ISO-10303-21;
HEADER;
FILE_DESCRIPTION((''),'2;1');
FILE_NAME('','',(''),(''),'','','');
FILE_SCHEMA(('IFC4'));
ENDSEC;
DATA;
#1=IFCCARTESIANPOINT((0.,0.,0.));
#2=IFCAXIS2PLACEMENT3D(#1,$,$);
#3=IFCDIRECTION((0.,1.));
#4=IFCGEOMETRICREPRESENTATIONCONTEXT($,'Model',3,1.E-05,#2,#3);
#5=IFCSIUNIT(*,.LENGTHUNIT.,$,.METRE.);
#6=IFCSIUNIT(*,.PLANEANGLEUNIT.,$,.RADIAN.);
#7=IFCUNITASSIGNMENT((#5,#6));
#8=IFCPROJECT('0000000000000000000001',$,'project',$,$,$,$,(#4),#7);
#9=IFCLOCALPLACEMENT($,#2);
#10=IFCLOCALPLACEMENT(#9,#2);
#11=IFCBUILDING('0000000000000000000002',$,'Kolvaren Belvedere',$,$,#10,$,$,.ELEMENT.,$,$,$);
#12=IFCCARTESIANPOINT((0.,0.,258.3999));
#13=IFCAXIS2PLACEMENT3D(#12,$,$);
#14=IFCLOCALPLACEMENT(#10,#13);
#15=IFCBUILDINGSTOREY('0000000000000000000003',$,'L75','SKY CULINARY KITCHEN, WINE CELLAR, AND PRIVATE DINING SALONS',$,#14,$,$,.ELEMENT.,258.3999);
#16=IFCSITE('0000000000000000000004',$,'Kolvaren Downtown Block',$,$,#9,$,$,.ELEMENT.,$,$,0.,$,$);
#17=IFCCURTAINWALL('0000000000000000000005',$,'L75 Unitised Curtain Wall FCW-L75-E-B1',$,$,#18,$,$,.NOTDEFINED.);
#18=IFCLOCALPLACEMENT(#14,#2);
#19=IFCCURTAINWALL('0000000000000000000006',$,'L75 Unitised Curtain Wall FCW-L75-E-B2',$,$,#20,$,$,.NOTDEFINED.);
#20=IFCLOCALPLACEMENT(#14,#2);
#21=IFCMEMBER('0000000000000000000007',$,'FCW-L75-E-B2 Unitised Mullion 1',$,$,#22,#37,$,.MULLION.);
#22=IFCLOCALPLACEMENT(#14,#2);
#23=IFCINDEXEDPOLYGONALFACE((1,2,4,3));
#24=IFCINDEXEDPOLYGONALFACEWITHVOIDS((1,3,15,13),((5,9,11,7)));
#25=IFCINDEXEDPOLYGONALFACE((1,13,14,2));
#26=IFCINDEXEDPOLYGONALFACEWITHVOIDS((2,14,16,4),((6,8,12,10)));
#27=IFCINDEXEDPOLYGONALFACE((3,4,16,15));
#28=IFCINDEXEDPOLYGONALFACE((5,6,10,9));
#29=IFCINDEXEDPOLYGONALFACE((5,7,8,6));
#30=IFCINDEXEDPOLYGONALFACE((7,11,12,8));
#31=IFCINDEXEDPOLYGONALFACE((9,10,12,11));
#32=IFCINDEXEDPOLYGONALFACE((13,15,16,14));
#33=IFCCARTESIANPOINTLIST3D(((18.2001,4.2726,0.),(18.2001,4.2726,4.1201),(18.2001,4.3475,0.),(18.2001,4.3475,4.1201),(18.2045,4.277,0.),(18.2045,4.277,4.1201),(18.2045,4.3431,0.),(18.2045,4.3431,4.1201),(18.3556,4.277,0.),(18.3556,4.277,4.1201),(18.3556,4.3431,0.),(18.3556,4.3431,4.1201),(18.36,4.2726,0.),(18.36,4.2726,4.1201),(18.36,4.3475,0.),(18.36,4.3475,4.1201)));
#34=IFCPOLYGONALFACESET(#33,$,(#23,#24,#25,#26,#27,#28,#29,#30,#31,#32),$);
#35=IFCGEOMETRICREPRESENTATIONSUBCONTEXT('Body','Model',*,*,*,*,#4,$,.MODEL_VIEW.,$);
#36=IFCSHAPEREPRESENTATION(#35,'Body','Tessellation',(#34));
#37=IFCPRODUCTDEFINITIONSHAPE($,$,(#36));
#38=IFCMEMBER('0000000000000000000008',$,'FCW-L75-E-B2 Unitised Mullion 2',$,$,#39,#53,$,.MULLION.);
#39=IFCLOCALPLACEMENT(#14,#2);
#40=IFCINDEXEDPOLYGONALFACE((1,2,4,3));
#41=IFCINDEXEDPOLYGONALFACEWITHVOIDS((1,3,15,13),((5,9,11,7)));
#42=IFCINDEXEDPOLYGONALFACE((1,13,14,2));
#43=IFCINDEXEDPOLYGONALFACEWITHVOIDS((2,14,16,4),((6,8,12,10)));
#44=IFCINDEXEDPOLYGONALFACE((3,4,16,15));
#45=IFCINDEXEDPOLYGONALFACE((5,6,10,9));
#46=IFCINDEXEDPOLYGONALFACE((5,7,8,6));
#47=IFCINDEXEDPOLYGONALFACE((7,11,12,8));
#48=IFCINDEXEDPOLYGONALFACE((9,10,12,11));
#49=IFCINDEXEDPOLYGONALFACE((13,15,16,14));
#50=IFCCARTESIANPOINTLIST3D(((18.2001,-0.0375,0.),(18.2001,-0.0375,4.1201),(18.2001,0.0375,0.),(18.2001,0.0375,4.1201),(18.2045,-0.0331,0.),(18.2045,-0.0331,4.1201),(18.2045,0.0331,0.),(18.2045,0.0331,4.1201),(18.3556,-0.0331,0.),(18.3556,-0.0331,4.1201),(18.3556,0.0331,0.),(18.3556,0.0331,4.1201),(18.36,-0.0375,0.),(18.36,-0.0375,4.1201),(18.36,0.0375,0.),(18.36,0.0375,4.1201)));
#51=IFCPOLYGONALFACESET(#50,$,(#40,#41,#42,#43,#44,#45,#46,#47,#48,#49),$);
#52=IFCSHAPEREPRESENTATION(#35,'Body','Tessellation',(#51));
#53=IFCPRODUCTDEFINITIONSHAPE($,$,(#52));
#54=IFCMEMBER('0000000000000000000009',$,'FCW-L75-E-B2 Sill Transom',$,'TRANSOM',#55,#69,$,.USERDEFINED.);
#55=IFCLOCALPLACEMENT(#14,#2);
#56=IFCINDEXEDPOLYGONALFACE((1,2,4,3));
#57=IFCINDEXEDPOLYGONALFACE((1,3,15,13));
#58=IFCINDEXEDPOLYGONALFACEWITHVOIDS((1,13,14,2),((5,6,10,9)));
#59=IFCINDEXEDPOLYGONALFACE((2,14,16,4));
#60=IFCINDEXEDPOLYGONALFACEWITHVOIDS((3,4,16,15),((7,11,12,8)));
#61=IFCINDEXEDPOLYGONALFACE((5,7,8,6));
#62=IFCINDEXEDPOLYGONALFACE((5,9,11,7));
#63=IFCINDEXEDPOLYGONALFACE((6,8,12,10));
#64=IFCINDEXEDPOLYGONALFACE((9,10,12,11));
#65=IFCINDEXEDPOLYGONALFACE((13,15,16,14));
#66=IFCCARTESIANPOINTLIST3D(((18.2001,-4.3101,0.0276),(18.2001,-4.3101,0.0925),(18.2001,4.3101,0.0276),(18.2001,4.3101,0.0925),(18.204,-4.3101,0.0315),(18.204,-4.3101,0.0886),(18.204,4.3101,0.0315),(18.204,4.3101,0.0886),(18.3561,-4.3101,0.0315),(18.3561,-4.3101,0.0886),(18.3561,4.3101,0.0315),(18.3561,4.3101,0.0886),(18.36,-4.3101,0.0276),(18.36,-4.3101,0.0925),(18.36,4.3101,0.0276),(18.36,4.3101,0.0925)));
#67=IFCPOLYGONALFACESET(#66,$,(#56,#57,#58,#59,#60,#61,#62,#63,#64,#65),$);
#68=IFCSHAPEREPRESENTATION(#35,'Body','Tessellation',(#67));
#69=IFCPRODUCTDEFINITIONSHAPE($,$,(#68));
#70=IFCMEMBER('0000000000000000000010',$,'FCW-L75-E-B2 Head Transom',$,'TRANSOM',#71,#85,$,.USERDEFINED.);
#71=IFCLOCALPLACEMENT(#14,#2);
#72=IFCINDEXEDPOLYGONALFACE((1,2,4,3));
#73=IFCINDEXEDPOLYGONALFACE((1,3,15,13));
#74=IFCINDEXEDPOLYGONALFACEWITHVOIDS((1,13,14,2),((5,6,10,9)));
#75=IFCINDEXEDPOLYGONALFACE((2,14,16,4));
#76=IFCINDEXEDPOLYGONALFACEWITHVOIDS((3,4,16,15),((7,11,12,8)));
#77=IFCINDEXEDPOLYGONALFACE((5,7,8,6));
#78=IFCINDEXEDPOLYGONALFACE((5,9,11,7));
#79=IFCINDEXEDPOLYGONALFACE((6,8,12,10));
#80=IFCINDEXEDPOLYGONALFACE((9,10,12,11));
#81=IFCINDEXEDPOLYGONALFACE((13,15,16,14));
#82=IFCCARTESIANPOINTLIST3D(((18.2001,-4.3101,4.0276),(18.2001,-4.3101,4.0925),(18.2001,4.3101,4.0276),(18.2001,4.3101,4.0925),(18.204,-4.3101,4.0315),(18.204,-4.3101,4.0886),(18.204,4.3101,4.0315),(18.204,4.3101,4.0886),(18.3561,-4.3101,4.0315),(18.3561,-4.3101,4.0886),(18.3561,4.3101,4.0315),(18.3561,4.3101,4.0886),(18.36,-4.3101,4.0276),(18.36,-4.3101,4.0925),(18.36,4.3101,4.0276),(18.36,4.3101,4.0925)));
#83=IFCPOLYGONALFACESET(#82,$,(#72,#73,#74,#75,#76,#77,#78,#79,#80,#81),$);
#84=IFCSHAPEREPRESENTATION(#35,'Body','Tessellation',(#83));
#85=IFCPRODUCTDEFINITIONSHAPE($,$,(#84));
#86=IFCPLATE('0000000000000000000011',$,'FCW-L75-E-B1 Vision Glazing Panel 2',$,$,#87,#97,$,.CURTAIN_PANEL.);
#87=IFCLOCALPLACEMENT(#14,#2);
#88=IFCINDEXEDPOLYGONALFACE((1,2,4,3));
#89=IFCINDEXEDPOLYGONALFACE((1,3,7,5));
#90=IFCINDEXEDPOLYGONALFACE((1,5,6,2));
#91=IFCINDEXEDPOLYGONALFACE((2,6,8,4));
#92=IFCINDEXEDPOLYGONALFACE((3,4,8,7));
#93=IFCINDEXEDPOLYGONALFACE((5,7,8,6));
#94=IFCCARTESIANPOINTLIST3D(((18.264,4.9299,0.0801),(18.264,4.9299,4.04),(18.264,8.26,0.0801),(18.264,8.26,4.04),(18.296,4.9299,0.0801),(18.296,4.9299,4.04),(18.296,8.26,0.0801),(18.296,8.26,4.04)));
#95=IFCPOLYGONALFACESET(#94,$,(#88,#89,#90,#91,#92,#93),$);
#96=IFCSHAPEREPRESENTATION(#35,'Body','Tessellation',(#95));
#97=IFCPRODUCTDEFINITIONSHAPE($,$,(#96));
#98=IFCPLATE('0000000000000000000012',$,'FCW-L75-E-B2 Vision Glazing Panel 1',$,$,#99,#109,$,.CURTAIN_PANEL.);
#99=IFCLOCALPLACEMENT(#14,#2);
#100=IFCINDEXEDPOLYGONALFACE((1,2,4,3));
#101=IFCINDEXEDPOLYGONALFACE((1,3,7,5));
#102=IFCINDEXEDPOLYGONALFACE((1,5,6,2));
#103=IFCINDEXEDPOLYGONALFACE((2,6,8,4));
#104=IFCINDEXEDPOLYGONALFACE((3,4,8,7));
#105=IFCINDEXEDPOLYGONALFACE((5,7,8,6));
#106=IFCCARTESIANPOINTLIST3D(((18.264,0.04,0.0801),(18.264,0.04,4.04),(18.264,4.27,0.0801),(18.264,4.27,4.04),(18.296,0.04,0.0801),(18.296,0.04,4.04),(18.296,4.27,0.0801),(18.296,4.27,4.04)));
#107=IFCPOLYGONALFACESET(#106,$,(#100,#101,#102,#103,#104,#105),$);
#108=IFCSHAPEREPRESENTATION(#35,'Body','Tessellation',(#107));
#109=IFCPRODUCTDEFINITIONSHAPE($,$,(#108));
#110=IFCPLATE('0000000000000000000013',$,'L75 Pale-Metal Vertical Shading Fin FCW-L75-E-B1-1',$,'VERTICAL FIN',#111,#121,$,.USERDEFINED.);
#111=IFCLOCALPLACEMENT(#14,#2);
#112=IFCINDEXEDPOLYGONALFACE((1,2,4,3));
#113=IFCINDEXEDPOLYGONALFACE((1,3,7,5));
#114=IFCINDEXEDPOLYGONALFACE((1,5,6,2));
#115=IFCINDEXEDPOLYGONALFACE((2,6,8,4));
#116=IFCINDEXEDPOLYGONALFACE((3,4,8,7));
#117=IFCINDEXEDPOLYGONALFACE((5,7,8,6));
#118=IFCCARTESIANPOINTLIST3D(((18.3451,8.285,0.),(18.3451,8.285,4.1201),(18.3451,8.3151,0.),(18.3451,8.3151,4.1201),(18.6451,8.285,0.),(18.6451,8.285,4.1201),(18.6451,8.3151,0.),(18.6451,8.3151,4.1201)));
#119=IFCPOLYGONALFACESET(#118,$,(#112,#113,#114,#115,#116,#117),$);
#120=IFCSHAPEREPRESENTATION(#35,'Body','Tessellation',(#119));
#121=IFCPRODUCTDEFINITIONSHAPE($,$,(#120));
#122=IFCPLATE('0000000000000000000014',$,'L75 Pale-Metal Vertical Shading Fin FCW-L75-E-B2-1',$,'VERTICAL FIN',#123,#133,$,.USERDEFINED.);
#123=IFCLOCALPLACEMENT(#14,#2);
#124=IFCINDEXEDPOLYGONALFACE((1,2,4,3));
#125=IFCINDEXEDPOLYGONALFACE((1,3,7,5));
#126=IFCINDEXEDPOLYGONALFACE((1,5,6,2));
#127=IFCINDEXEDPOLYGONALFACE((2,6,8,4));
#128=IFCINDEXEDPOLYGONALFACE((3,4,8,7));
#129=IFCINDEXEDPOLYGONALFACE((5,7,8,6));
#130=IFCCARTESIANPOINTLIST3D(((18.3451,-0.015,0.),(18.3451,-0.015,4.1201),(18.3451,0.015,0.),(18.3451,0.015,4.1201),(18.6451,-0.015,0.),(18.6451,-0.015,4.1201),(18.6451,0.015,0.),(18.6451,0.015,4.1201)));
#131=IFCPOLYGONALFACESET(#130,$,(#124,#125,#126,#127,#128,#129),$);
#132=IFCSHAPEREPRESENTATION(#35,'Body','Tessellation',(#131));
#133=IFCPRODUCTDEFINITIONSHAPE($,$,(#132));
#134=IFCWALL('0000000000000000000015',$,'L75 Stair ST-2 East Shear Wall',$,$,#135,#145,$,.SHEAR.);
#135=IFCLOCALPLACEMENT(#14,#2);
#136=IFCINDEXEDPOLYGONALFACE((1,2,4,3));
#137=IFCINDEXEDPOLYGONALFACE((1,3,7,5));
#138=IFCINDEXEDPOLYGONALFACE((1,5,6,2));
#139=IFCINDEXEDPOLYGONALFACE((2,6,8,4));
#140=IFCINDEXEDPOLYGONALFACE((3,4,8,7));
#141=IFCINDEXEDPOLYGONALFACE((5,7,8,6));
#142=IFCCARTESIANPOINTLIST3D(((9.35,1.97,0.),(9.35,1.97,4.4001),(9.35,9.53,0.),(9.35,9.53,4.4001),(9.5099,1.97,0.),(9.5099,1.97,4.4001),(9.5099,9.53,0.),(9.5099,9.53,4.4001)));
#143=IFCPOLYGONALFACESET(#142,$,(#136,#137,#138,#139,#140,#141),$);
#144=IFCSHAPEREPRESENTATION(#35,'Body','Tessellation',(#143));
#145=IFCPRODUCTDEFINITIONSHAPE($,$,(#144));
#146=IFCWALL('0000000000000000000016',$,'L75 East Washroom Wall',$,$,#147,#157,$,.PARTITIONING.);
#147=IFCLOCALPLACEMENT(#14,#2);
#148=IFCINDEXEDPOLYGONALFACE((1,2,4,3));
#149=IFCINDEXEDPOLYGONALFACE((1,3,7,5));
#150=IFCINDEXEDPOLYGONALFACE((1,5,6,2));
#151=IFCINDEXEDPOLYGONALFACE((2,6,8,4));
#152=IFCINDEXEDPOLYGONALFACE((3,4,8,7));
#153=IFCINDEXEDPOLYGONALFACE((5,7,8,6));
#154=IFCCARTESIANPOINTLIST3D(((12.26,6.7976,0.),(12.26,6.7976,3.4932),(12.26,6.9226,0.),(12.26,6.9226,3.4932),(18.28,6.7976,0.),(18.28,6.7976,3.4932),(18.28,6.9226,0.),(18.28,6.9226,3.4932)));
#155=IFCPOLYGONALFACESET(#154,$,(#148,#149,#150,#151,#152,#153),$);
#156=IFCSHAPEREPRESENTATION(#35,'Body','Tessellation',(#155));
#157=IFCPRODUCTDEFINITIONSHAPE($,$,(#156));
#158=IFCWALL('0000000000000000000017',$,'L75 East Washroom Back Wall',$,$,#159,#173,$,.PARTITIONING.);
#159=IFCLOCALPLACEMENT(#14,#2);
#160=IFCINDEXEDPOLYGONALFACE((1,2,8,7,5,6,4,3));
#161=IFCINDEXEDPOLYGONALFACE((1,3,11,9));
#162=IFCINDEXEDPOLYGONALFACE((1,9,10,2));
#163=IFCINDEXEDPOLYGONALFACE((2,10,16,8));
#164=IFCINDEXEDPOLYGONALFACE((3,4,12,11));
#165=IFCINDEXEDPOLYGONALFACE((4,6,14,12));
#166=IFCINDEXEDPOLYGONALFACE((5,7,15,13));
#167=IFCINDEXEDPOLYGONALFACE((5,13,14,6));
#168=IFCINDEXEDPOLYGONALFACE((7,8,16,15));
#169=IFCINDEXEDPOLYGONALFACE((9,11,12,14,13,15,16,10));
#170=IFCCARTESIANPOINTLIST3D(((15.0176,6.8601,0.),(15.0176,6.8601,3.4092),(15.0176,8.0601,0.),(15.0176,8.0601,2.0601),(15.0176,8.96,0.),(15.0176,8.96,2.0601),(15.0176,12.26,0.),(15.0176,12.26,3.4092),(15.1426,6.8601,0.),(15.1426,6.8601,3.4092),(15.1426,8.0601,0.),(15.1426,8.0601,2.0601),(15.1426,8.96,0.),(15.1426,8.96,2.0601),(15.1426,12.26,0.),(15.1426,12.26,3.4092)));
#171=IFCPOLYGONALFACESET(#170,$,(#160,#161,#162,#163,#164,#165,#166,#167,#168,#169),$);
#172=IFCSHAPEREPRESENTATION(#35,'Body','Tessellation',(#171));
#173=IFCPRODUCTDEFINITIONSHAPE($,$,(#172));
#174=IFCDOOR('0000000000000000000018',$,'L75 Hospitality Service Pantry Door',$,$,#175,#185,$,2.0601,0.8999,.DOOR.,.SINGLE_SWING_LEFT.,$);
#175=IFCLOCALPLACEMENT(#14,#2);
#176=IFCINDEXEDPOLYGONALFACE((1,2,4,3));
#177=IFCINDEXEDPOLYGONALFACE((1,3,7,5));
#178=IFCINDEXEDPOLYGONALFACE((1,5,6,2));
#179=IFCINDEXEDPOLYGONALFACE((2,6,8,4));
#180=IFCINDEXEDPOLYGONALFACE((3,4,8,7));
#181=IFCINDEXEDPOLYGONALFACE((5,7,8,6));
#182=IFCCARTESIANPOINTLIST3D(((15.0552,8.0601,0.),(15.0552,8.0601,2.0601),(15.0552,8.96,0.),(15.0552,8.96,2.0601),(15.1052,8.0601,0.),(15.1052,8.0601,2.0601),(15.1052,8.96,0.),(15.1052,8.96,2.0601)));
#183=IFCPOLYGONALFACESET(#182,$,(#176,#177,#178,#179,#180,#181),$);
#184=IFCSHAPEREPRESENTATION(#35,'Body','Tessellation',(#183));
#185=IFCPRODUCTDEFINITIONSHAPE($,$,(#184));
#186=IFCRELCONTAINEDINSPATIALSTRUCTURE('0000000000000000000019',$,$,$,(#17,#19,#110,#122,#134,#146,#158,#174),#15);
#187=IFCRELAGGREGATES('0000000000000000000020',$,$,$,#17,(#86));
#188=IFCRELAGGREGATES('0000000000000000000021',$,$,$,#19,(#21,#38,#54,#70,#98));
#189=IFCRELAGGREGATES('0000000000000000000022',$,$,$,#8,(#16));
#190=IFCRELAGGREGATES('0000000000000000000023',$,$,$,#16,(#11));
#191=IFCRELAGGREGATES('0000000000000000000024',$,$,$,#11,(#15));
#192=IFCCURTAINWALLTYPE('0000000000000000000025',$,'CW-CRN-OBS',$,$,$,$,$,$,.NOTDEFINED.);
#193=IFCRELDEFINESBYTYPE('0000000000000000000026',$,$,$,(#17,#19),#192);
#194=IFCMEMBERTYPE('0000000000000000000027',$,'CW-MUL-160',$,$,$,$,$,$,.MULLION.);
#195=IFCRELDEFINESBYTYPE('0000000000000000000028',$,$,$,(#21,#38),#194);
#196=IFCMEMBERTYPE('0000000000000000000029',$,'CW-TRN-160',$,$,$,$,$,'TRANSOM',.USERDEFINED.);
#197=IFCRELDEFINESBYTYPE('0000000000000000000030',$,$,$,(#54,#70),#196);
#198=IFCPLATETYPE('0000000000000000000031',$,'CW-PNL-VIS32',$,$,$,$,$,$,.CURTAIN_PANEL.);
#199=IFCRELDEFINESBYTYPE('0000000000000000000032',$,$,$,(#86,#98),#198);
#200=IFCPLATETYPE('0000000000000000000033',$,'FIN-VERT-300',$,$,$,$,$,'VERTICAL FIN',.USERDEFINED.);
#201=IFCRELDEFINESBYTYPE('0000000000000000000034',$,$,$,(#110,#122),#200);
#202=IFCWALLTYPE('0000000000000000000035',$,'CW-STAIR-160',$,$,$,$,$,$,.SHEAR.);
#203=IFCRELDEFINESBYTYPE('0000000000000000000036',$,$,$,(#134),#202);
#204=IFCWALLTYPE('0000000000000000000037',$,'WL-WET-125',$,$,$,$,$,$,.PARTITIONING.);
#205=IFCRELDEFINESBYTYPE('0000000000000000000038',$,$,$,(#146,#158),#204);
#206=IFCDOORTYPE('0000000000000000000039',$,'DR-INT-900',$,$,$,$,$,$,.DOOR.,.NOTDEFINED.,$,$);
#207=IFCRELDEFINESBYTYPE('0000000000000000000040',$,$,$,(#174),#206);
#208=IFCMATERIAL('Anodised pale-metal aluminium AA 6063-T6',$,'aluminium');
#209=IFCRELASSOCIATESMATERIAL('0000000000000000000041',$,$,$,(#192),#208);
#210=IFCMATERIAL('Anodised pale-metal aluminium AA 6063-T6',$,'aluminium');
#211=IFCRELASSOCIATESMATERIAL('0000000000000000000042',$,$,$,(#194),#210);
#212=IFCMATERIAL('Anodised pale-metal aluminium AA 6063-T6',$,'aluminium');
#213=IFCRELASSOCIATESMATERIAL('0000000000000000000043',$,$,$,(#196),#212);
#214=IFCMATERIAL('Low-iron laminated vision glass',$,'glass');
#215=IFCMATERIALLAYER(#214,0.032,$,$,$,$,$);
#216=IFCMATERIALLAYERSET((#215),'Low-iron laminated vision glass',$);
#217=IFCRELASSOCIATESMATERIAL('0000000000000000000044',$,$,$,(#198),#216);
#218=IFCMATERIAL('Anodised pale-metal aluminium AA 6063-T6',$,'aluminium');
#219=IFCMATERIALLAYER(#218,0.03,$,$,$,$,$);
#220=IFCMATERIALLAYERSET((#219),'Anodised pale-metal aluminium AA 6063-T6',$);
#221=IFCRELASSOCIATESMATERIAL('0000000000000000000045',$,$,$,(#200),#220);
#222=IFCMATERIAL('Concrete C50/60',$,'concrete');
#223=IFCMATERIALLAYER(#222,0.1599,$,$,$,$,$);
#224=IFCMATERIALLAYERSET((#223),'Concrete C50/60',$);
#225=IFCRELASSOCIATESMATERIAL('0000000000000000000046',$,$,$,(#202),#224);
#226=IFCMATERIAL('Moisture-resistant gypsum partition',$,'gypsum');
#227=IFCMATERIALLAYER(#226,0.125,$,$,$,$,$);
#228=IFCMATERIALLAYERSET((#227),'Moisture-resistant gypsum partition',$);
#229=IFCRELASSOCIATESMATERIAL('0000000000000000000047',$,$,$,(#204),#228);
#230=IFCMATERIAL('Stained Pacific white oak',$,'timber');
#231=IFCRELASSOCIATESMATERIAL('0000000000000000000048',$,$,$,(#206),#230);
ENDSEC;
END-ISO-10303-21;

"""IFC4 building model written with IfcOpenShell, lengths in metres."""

from ifc_helpers import new_model, si_unit, direction, frame, frame_2d, origin, origin_2d, place, context, subcontext, project, spatial, rectangle, hollow_rectangle, extrude, material, layer, layer_set, material_profile, profile_set, type_object, element, fill, aggregate, save


model = new_model("IFC4")

# Units and contexts
model_context = context("Model", 3, precision=1e-05, world=origin(), true_north=direction((0.0, 1.0)))
body_context = subcontext(model_context, "Body", "Model", "MODEL_VIEW")
ifc_project = project(units=[si_unit("LENGTHUNIT", "METRE"), si_unit("PLANEANGLEUNIT", "RADIAN")], contexts=[model_context])

# Site, building, storey
site_placement = place(None, origin())
site = spatial("IfcSite", under=ifc_project, at=site_placement, Name="Kolvaren Downtown Block", CompositionType="ELEMENT", RefElevation=0.0)
building_placement = place(site_placement, origin())
building = spatial("IfcBuilding", under=site, at=building_placement, Name="Kolvaren Belvedere", CompositionType="ELEMENT")
storey_placement = place(building_placement, frame((0.0, 0.0, 258.3999)))
storey = spatial("IfcBuildingStorey", under=building, at=storey_placement, Name="L75", Description="SKY CULINARY KITCHEN, WINE CELLAR, AND PRIVATE DINING SALONS", CompositionType="ELEMENT", Elevation=258.3999)

# Curtain walls, members
ifc_material_1 = material(Name="Anodised pale-metal aluminium AA 6063-T6", Category="aluminium")
curtain_wall_type = type_object("IfcCurtainWallType", Name="CW-CRN-OBS", PredefinedType="NOTDEFINED", material=ifc_material_1)
curtain_wall_1_placement = place(storey_placement, origin())
curtain_wall_1 = element("IfcCurtainWall", 1, at=curtain_wall_1_placement, inside=storey, type_object=curtain_wall_type, Name="L75 Unitised Curtain Wall FCW-L75-E-B1", PredefinedType="NOTDEFINED")
ifc_material_2 = material(Name="Anodised pale-metal aluminium AA 6063-T6", Category="aluminium")
ifc_material_profile_1 = material_profile(ifc_material_2, hollow_rectangle(XDim=0.075, YDim=0.1599, WallThickness=0.0044, at=origin_2d()), Name="ALU-MUL-160X75")
ifc_profile_set_1 = profile_set([ifc_material_profile_1], Name="Anodised pale-metal aluminium AA 6063-T6")
member_type_1 = type_object("IfcMemberType", Name="CW-MUL-160", PredefinedType="MULLION", material=ifc_profile_set_1)
curtain_wall_2_placement = place(storey_placement, origin())
curtain_wall_2 = element("IfcCurtainWall", 2, at=curtain_wall_2_placement, inside=storey, type_object=curtain_wall_type, Name="L75 Unitised Curtain Wall FCW-L75-E-B2", PredefinedType="NOTDEFINED")
member_1_placement = place(storey_placement, frame((18.28, 4.3101, 0.0), z_axis=(0.0, 0.0, 1.0), x_axis=(0.0, 1.0, 0.0)))
member_1 = element("IfcMember", 3, at=member_1_placement, type_object=member_type_1, Name="FCW-L75-E-B2 Unitised Mullion 1", PredefinedType="MULLION", context=body_context, shape_type="SweptSolid", body=[
    extrude(hollow_rectangle(XDim=0.075, YDim=0.1599, WallThickness=0.0044, at=origin_2d()), origin(), (0.0, 0.0, 1.0), 4.1201),
])
member_2_placement = place(storey_placement, frame((18.28, 0.0, 0.0), z_axis=(0.0, 0.0, 1.0), x_axis=(0.0, 1.0, 0.0)))
member_2 = element("IfcMember", 4, at=member_2_placement, type_object=member_type_1, Name="FCW-L75-E-B2 Unitised Mullion 2", PredefinedType="MULLION", context=body_context, shape_type="SweptSolid", body=[
    extrude(hollow_rectangle(XDim=0.075, YDim=0.1599, WallThickness=0.0044, at=origin_2d()), origin(), (0.0, 0.0, 1.0), 4.1201),
])
ifc_material_3 = material(Name="Anodised pale-metal aluminium AA 6063-T6", Category="aluminium")
ifc_material_profile_2 = material_profile(ifc_material_3, hollow_rectangle(XDim=0.0649, YDim=0.1599, WallThickness=0.0039, at=origin_2d()), Name="ALU-TRN-160X65")
ifc_profile_set_2 = profile_set([ifc_material_profile_2], Name="Anodised pale-metal aluminium AA 6063-T6")
member_type_2 = type_object("IfcMemberType", Name="CW-TRN-160", ElementType="TRANSOM", PredefinedType="USERDEFINED", material=ifc_profile_set_2)
member_3_placement = place(storey_placement, frame((18.28, 4.3101, 0.0601), z_axis=(0.0, -1.0, 0.0), x_axis=(0.0, 0.0, 1.0)))
member_3 = element("IfcMember", 5, at=member_3_placement, type_object=member_type_2, Name="FCW-L75-E-B2 Sill Transom", ObjectType="TRANSOM", PredefinedType="USERDEFINED", context=body_context, shape_type="SweptSolid", body=[
    extrude(hollow_rectangle(XDim=0.0649, YDim=0.1599, WallThickness=0.0039, at=origin_2d()), origin(), (0.0, 0.0, 1.0), 8.6201),
])
member_4_placement = place(storey_placement, frame((18.28, 4.3101, 4.0601), z_axis=(0.0, -1.0, 0.0), x_axis=(0.0, 0.0, 1.0)))
member_4 = element("IfcMember", 6, at=member_4_placement, type_object=member_type_2, Name="FCW-L75-E-B2 Head Transom", ObjectType="TRANSOM", PredefinedType="USERDEFINED", context=body_context, shape_type="SweptSolid", body=[
    extrude(hollow_rectangle(XDim=0.0649, YDim=0.1599, WallThickness=0.0039, at=origin_2d()), origin(), (0.0, 0.0, 1.0), 8.6201),
])

# Plates
ifc_material_4 = material(Name="Low-iron laminated vision glass", Category="glass")
ifc_layer_1 = layer(ifc_material_4, 0.032)
ifc_layer_set_1 = layer_set([ifc_layer_1], Name="Low-iron laminated vision glass")
plate_type_1 = type_object("IfcPlateType", Name="CW-PNL-VIS32", PredefinedType="CURTAIN_PANEL", material=ifc_layer_set_1)
plate_1_placement = place(storey_placement, frame((18.28, 6.595, 0.0801), z_axis=(0.0, 0.0, 1.0), x_axis=(0.0, -1.0, 0.0)))
plate_1 = element("IfcPlate", 7, at=plate_1_placement, type_object=plate_type_1, Name="FCW-L75-E-B1 Vision Glazing Panel 2", PredefinedType="CURTAIN_PANEL", context=body_context, shape_type="SweptSolid", body=[
    extrude(rectangle(XDim=3.3301, YDim=0.032, at=origin_2d()), origin(), (0.0, 0.0, 1.0), 3.96),
])
aggregate(curtain_wall_1, [plate_1])
plate_2_placement = place(storey_placement, frame((18.28, 2.155, 0.0801), z_axis=(0.0, 0.0, 1.0), x_axis=(0.0, -1.0, 0.0)))
plate_2 = element("IfcPlate", 8, at=plate_2_placement, type_object=plate_type_1, Name="FCW-L75-E-B2 Vision Glazing Panel 1", PredefinedType="CURTAIN_PANEL", context=body_context, shape_type="SweptSolid", body=[
    extrude(rectangle(XDim=4.23, YDim=0.032, at=origin_2d()), origin(), (0.0, 0.0, 1.0), 3.96),
])
aggregate(curtain_wall_2, [member_1, member_2, member_3, member_4, plate_2])

# Plates
ifc_material_5 = material(Name="Anodised pale-metal aluminium AA 6063-T6", Category="aluminium")
ifc_layer_2 = layer(ifc_material_5, 0.03)
ifc_layer_set_2 = layer_set([ifc_layer_2], Name="Anodised pale-metal aluminium AA 6063-T6")
plate_type_2 = type_object("IfcPlateType", Name="FIN-VERT-300", ElementType="VERTICAL FIN", PredefinedType="USERDEFINED", material=ifc_layer_set_2)
for number, where, z_axis, x_axis, name in (
    (9, (18.4951, 8.3, 0.0), (0.0, 0.0, 1.0), (1.0, 0.0, 0.0), "L75 Pale-Metal Vertical Shading Fin FCW-L75-E-B1-1"),
    (10, (18.4951, 0.0, 0.0), (0.0, 0.0, 1.0), (1.0, 0.0, 0.0), "L75 Pale-Metal Vertical Shading Fin FCW-L75-E-B2-1"),
):
    element("IfcPlate", number, at=place(storey_placement, frame(where, z_axis=z_axis, x_axis=x_axis)), inside=storey, type_object=plate_type_2, Name=name, ObjectType="VERTICAL FIN", PredefinedType="USERDEFINED", context=body_context, shape_type="SweptSolid", body=[
        extrude(rectangle(XDim=0.3, YDim=0.03, at=origin_2d()), origin(), (0.0, 0.0, 1.0), 4.1201),
    ])

# Walls
ifc_material_6 = material(Name="Concrete C50/60", Category="concrete")
ifc_layer_3 = layer(ifc_material_6, 0.1599)
ifc_layer_set_3 = layer_set([ifc_layer_3], Name="Concrete C50/60")
wall_type_1 = type_object("IfcWallType", Name="CW-STAIR-160", PredefinedType="SHEAR", material=ifc_layer_set_3)
wall_1_placement = place(storey_placement, frame((9.4299, 1.97, 0.0), z_axis=(0.0, 0.0, 1.0), x_axis=(0.0, 1.0, 0.0)))
element("IfcWall", 11, at=wall_1_placement, inside=storey, type_object=wall_type_1, Name="L75 Stair ST-2 East Shear Wall", PredefinedType="SHEAR", context=body_context, shape_type="SweptSolid", body=[
    extrude(rectangle(XDim=7.5601, YDim=0.1599, at=frame_2d((3.78, 0.0))), origin(), (0.0, 0.0, 1.0), 4.4001),
])
ifc_material_7 = material(Name="Moisture-resistant gypsum partition", Category="gypsum")
ifc_layer_4 = layer(ifc_material_7, 0.125)
ifc_layer_set_4 = layer_set([ifc_layer_4], Name="Moisture-resistant gypsum partition")
wall_type_2 = type_object("IfcWallType", Name="WL-WET-125", PredefinedType="PARTITIONING", material=ifc_layer_set_4)
wall_2_placement = place(storey_placement, frame((12.26, 6.8601, 0.0), z_axis=(0.0, 0.0, 1.0), x_axis=(1.0, 0.0, 0.0)))
element("IfcWall", 12, at=wall_2_placement, inside=storey, type_object=wall_type_2, Name="L75 East Washroom Wall", PredefinedType="PARTITIONING", context=body_context, shape_type="SweptSolid", body=[
    extrude(rectangle(XDim=6.02, YDim=0.125, at=frame_2d((3.01, 0.0))), origin(), (0.0, 0.0, 1.0), 3.4932),
])

# Wall, opening, door
wall_3_placement = place(storey_placement, frame((15.0801, 6.8601, 0.0), z_axis=(0.0, 0.0, 1.0), x_axis=(0.0, 1.0, 0.0)))
wall_3 = element("IfcWall", 13, at=wall_3_placement, inside=storey, type_object=wall_type_2, Name="L75 East Washroom Back Wall", PredefinedType="PARTITIONING", context=body_context, shape_type="SweptSolid", body=[
    extrude(rectangle(XDim=5.3999, YDim=0.125, at=frame_2d((2.7, 0.0))), origin(), (0.0, 0.0, 1.0), 3.4092),
])
opening_placement = place(wall_3_placement, frame((1.2, 0.0, 0.0)))
opening = element("IfcOpeningElement", 14, at=opening_placement, cuts=wall_3, PredefinedType="OPENING", context=body_context, shape_type="SweptSolid", body=[
    extrude(rectangle(XDim=0.8999, YDim=2.0601, at=frame_2d((0.45, 1.03))), frame((0.0, 0.0725, 0.0), z_axis=(0.0, -1.0, 0.0), x_axis=(1.0, 0.0, 0.0)), (0.0, 0.0, 1.0), 0.145),
])
ifc_material_8 = material(Name="Stained Pacific white oak", Category="timber")
door_type = type_object("IfcDoorType", Name="DR-INT-900", OperationType="NOTDEFINED", PredefinedType="DOOR", material=ifc_material_8)
door_placement = place(opening_placement, origin())
door = element("IfcDoor", 15, at=door_placement, inside=storey, type_object=door_type, Name="L75 Hospitality Service Pantry Door", OperationType="SINGLE_SWING_LEFT", OverallHeight=2.0601, OverallWidth=0.8999, PredefinedType="DOOR", context=body_context, shape_type="SweptSolid", body=[
    extrude(rectangle(XDim=0.8999, YDim=2.0601, at=frame_2d((0.45, 1.03))), frame((0.0, 0.0249, 0.0), z_axis=(0.0, -1.0, 0.0), x_axis=(1.0, 0.0, 0.0)), (0.0, 0.0, 1.0), 0.05),
])
fill(opening, door)

save(model, "model.ifc")
